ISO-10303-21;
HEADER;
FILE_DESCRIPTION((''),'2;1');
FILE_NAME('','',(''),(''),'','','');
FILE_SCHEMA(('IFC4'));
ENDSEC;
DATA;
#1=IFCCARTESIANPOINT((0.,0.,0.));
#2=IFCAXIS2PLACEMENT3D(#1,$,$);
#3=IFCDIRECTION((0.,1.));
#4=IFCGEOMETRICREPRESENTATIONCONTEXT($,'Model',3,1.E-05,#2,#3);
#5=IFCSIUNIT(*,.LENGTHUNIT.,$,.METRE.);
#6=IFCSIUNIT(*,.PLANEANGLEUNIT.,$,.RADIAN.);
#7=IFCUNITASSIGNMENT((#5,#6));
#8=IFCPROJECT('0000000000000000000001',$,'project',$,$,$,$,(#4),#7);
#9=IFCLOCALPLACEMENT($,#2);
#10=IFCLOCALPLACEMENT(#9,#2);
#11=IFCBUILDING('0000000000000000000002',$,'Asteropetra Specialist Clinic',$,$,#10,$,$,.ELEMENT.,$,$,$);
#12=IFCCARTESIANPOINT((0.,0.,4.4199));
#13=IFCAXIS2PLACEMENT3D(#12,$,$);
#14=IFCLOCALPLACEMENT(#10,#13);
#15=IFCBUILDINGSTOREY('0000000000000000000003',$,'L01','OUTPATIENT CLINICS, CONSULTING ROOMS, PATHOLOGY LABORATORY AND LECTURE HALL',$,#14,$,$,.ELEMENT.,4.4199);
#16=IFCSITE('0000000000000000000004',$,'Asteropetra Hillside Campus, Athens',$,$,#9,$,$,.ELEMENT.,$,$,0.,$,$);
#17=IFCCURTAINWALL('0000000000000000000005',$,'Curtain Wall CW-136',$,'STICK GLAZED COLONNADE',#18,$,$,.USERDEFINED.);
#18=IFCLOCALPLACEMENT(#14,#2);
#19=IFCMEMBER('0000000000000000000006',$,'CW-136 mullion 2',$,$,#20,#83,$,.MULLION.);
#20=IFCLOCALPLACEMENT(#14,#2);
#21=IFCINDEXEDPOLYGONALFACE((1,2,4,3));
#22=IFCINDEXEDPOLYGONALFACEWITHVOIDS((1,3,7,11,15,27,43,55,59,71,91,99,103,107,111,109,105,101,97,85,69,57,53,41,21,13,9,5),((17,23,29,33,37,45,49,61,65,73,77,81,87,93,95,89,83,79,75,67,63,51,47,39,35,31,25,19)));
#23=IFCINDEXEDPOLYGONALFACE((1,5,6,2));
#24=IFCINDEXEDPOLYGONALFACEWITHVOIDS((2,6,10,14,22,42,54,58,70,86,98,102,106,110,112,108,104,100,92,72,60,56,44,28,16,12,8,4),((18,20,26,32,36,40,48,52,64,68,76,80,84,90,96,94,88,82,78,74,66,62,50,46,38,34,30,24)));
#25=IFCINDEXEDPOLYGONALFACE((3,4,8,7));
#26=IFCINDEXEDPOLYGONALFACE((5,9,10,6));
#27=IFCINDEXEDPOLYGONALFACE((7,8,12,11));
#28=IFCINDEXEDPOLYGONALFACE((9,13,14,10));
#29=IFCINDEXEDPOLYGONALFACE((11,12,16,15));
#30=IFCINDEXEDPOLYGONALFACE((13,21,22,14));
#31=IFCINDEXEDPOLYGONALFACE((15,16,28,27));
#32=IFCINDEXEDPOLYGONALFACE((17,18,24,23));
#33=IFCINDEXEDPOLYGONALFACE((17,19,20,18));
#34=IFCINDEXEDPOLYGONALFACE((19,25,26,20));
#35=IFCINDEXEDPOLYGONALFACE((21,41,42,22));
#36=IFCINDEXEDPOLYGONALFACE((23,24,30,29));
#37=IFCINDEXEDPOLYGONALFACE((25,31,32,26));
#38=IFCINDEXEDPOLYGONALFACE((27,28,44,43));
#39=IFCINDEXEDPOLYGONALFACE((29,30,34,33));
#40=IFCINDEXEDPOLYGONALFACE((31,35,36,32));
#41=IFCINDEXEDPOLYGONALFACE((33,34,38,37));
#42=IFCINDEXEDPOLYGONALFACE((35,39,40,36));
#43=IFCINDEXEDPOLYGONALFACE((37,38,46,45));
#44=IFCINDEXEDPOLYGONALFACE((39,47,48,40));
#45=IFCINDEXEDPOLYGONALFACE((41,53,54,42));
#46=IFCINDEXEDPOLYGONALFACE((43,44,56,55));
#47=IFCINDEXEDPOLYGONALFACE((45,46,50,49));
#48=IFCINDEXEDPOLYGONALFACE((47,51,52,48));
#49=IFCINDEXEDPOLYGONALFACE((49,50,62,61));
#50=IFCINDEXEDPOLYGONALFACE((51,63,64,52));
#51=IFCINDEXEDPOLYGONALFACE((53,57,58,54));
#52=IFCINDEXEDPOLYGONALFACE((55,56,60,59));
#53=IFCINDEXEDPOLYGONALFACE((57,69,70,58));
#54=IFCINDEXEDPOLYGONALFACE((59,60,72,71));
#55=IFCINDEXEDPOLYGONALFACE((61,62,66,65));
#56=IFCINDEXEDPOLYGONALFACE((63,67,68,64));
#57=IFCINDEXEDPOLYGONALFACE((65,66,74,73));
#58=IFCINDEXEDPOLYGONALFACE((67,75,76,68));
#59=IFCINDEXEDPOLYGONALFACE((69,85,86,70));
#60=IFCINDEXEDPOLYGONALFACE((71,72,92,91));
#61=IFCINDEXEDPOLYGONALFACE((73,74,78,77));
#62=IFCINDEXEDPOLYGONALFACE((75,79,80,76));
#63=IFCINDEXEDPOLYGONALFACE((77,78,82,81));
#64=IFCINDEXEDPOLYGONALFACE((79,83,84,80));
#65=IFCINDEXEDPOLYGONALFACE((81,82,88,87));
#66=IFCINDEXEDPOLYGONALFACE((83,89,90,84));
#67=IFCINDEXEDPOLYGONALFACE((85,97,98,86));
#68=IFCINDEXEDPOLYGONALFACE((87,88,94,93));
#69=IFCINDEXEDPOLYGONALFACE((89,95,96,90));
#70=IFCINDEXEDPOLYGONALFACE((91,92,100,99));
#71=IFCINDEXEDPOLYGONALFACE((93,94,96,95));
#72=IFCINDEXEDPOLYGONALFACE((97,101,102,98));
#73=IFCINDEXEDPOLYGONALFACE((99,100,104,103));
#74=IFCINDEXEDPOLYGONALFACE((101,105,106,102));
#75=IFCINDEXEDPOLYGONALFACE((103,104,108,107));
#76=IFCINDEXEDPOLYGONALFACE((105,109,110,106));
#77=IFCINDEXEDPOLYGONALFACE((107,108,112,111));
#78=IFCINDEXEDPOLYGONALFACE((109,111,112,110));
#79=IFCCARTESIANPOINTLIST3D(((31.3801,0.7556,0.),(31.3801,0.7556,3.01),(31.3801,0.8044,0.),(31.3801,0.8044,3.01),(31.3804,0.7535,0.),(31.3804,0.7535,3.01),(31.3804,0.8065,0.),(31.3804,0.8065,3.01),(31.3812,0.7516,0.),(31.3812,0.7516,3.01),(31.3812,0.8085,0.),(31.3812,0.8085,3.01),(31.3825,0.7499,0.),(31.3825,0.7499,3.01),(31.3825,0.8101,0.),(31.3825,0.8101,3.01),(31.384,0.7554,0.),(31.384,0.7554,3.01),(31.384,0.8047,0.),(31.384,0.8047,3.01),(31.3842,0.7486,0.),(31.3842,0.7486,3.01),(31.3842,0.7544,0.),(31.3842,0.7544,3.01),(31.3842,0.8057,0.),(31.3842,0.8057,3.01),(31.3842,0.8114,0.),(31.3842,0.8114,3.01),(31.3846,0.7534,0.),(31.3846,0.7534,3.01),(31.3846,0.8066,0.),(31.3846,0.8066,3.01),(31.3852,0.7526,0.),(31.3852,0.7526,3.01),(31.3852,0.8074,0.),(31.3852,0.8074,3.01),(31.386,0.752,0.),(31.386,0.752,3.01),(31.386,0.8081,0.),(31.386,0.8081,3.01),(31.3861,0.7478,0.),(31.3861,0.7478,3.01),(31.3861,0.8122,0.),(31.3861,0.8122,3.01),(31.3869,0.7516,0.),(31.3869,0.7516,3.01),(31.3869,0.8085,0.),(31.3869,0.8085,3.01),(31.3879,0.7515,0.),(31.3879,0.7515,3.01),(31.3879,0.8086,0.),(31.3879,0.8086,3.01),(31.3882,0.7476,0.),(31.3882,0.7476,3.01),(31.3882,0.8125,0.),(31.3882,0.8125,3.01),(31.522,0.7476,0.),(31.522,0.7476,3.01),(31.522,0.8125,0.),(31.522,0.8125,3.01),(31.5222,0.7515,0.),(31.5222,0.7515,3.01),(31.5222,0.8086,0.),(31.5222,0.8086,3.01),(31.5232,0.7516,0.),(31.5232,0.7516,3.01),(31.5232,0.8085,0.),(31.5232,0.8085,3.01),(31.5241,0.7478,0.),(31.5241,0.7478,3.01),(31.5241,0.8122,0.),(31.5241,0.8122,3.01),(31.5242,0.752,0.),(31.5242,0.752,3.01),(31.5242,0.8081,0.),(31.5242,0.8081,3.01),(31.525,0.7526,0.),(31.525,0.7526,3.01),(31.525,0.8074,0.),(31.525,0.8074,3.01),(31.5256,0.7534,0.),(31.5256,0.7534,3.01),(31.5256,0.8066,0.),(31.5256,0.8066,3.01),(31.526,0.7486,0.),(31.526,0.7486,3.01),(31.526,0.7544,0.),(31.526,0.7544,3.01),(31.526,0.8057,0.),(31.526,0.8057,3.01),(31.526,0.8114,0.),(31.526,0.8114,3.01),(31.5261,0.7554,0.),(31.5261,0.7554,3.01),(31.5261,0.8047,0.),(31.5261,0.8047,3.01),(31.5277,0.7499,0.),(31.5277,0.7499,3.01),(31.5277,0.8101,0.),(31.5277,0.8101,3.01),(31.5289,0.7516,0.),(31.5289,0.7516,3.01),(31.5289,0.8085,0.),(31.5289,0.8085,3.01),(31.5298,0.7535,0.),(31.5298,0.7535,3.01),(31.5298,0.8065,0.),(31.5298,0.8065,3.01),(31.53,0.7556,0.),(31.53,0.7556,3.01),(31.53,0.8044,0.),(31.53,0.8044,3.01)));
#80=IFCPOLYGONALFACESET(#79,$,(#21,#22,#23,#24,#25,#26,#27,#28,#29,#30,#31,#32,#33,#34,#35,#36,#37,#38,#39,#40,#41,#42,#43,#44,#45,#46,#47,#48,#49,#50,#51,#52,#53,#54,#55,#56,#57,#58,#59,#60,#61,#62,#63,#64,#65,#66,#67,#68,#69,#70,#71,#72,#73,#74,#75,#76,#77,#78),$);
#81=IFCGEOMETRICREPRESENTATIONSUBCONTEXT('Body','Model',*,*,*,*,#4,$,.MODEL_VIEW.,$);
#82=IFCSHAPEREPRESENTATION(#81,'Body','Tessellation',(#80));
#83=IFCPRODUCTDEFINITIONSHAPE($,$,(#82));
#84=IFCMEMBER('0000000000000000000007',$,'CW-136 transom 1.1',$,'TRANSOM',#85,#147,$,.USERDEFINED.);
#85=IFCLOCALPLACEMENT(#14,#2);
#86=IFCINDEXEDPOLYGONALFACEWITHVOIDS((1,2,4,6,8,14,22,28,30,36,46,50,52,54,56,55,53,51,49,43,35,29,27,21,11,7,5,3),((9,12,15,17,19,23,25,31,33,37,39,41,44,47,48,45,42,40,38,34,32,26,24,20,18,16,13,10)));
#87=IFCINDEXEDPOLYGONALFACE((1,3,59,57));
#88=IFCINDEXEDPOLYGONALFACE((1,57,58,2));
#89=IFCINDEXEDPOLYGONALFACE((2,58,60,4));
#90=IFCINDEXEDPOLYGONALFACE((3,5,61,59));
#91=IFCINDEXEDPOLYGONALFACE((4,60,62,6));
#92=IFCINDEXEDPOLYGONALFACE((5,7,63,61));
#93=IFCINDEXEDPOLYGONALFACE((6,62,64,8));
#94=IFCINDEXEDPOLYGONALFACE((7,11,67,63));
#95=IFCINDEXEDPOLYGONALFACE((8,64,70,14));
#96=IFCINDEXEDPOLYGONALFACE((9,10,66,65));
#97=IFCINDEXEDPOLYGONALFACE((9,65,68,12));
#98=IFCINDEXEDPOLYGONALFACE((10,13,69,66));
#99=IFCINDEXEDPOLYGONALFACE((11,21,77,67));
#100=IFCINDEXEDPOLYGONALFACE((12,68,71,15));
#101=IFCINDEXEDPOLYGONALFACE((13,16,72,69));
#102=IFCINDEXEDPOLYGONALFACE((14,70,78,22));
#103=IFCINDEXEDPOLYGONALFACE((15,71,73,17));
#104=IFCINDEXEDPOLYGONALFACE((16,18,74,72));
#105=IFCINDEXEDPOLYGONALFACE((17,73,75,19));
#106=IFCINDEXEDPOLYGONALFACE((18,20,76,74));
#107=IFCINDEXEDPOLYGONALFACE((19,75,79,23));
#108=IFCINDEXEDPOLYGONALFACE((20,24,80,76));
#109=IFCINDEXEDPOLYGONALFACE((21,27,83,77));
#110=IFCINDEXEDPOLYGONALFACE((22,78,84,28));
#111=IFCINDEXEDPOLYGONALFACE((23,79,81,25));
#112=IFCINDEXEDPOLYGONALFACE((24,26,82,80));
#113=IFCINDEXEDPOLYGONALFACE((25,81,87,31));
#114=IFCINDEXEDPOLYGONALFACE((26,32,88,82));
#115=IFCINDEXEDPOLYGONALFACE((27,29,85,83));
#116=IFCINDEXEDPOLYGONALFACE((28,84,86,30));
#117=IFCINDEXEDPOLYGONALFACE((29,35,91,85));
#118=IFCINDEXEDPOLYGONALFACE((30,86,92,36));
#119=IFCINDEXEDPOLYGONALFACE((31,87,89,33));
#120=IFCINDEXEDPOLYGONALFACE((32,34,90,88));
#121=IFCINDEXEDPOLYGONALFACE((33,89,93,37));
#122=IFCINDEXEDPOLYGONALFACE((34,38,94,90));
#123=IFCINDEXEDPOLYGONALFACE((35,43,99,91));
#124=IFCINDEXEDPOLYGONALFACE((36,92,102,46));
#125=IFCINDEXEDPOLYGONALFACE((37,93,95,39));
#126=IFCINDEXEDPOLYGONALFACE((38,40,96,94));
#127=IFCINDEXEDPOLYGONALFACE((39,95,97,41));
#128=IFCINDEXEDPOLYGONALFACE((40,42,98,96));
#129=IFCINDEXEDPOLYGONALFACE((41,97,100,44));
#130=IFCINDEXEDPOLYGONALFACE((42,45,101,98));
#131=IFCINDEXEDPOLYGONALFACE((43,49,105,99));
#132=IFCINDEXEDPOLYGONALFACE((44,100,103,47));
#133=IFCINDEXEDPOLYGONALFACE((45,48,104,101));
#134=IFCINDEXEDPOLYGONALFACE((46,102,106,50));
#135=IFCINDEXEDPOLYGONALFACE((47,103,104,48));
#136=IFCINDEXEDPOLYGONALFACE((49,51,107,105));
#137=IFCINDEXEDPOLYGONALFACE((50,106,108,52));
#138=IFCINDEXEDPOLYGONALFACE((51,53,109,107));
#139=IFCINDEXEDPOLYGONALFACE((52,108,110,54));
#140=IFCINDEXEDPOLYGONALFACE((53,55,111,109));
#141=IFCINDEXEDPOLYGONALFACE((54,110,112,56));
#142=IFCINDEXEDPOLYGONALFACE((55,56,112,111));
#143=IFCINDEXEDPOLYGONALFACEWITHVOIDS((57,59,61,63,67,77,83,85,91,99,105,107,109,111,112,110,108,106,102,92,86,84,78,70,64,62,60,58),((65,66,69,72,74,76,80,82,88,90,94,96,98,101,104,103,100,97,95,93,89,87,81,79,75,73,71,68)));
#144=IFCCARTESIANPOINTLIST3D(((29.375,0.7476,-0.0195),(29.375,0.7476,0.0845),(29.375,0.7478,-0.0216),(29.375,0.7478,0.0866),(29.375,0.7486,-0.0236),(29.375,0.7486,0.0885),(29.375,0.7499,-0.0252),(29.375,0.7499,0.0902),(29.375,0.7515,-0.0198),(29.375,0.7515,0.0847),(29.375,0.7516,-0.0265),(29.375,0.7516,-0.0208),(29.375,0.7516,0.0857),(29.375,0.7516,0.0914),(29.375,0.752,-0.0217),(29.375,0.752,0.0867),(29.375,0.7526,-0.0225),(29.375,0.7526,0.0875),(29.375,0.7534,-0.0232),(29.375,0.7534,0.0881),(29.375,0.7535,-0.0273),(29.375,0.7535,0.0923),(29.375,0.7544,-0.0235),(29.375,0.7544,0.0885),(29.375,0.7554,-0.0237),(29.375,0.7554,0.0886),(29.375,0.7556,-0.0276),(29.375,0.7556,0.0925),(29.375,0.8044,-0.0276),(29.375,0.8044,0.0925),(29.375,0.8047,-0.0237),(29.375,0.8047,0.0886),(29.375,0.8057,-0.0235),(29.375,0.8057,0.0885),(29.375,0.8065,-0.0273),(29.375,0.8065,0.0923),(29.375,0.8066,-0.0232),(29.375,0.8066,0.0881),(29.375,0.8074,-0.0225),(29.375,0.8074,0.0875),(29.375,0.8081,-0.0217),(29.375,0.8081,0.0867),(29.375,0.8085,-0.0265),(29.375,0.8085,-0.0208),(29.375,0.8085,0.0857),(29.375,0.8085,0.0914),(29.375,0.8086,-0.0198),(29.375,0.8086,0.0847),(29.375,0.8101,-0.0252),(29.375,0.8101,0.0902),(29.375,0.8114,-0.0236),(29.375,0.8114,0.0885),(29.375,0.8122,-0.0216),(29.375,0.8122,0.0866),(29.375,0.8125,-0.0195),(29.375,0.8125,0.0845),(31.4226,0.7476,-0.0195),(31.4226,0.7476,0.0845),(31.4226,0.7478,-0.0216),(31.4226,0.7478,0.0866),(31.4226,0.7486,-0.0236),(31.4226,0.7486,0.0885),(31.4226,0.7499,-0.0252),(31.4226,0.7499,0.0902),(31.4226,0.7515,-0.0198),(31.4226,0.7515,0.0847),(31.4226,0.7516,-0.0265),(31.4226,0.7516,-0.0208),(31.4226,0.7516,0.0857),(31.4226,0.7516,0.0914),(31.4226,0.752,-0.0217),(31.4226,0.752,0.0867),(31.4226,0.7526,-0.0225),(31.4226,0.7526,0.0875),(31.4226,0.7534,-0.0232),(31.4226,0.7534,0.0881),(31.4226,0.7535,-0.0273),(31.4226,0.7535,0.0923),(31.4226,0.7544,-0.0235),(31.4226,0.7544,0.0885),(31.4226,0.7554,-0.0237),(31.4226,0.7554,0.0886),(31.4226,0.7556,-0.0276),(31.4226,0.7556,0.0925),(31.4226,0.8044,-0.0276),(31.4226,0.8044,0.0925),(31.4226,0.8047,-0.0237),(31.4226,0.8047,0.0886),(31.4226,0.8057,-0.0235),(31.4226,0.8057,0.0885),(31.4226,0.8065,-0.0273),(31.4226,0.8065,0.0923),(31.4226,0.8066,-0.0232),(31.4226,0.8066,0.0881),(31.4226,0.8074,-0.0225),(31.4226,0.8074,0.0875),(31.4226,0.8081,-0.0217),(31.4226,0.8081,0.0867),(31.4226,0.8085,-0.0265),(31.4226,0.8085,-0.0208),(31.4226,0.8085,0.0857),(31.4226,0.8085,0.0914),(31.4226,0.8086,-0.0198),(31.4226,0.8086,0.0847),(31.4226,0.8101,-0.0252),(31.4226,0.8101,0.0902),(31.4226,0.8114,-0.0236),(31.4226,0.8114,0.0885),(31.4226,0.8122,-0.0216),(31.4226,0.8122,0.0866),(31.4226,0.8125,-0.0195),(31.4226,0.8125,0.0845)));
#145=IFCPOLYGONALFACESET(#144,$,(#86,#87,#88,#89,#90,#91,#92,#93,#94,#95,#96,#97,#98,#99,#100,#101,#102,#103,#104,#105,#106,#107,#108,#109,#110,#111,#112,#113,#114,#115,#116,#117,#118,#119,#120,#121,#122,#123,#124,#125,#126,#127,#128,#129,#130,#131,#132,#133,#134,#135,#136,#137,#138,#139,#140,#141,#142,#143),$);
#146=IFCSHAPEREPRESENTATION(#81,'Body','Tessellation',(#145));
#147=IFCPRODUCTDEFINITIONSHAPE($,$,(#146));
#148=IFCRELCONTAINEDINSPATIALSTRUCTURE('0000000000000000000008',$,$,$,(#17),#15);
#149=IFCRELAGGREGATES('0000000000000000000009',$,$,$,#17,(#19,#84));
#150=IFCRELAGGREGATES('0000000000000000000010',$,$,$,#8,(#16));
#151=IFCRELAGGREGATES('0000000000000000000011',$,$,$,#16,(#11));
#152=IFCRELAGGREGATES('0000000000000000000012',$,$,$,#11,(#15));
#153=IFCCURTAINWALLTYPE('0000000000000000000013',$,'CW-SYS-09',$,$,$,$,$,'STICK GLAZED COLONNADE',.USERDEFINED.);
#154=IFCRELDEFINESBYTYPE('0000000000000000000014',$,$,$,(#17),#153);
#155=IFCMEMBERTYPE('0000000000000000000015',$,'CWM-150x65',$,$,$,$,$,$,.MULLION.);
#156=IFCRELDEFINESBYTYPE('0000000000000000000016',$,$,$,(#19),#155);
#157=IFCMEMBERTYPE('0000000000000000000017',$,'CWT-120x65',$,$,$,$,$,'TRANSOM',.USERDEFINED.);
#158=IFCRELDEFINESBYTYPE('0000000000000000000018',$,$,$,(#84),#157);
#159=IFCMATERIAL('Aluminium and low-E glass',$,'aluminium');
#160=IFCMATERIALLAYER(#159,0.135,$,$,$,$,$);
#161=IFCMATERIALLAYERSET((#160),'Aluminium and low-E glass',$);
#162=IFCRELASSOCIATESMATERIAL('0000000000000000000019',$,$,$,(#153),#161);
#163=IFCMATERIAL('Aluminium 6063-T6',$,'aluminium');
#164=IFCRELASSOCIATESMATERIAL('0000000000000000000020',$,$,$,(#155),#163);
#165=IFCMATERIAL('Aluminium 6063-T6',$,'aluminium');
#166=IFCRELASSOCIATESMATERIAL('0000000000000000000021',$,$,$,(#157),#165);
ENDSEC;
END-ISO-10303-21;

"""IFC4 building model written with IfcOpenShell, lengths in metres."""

from ifc_helpers import new_model, si_unit, direction, frame, origin, origin_2d, place, context, subcontext, project, spatial, hollow_rectangle, extrude, material, layer, layer_set, material_profile, profile_set, type_object, element, aggregate, save


model = new_model("IFC4")

# Units and contexts
model_context = context("Model", 3, precision=1e-05, world=origin(), true_north=direction((0.0, 1.0)))
body_context = subcontext(model_context, "Body", "Model", "MODEL_VIEW")
ifc_project = project(units=[si_unit("LENGTHUNIT", "METRE"), si_unit("PLANEANGLEUNIT", "RADIAN")], contexts=[model_context])

# Site, building, storey
site_placement = place(None, origin())
site = spatial("IfcSite", under=ifc_project, at=site_placement, Name="Asteropetra Hillside Campus, Athens", CompositionType="ELEMENT", RefElevation=0.0)
building_placement = place(site_placement, origin())
building = spatial("IfcBuilding", under=site, at=building_placement, Name="Asteropetra Specialist Clinic", CompositionType="ELEMENT")
storey_placement = place(building_placement, frame((0.0, 0.0, 4.4199)))
storey = spatial("IfcBuildingStorey", under=building, at=storey_placement, Name="L01", Description="OUTPATIENT CLINICS, CONSULTING ROOMS, PATHOLOGY LABORATORY AND LECTURE HALL", CompositionType="ELEMENT", Elevation=4.4199)

# Curtain wall, members
ifc_material_1 = material(Name="Aluminium and low-E glass", Category="aluminium")
ifc_layer_1 = layer(ifc_material_1, 0.135)
ifc_layer_set_1 = layer_set([ifc_layer_1], Name="Aluminium and low-E glass")
curtain_wall_type = type_object("IfcCurtainWallType", Name="CW-SYS-09", ElementType="STICK GLAZED COLONNADE", PredefinedType="USERDEFINED", material=ifc_layer_set_1)
curtain_wall_placement = place(storey_placement, origin())
curtain_wall = element("IfcCurtainWall", 1, at=curtain_wall_placement, inside=storey, type_object=curtain_wall_type, Name="Curtain Wall CW-136", ObjectType="STICK GLAZED COLONNADE", PredefinedType="USERDEFINED")
ifc_material_2 = material(Name="Aluminium 6063-T6", Category="aluminium")
ifc_material_profile_1 = material_profile(ifc_material_2, hollow_rectangle(XDim=0.0649, YDim=0.1499, WallThickness=0.0039, InnerFilletRadius=0.0039, OuterFilletRadius=0.0081, at=origin_2d()), Name="MUL 150x65x4.0")
ifc_profile_set_1 = profile_set([ifc_material_profile_1], Name="Aluminium 6063-T6")
member_type_1 = type_object("IfcMemberType", Name="CWM-150x65", PredefinedType="MULLION", material=ifc_profile_set_1)
member_1_placement = place(storey_placement, frame((31.4551, 0.78, 0.0), z_axis=(0.0, 0.0, 1.0), x_axis=(0.0, 1.0, 0.0)))
member_1 = element("IfcMember", 2, at=member_1_placement, type_object=member_type_1, Name="CW-136 mullion 2", PredefinedType="MULLION", context=body_context, shape_type="SweptSolid", body=[
    extrude(hollow_rectangle(XDim=0.0649, YDim=0.1499, WallThickness=0.0039, InnerFilletRadius=0.0039, OuterFilletRadius=0.0081, at=origin_2d()), origin(), (0.0, 0.0, 1.0), 3.01),
])
ifc_material_3 = material(Name="Aluminium 6063-T6", Category="aluminium")
ifc_material_profile_2 = material_profile(ifc_material_3, hollow_rectangle(XDim=0.0649, YDim=0.1201, WallThickness=0.0039, InnerFilletRadius=0.0039, OuterFilletRadius=0.0081, at=origin_2d()), Name="TRN 120x65x4.0")
ifc_profile_set_2 = profile_set([ifc_material_profile_2], Name="Aluminium 6063-T6")
member_type_2 = type_object("IfcMemberType", Name="CWT-120x65", ElementType="TRANSOM", PredefinedType="USERDEFINED", material=ifc_profile_set_2)
member_2_placement = place(storey_placement, frame((29.375, 0.78, 0.0325), z_axis=(1.0, 0.0, 0.0), x_axis=(0.0, 1.0, 0.0)))
member_2 = element("IfcMember", 3, at=member_2_placement, type_object=member_type_2, Name="CW-136 transom 1.1", ObjectType="TRANSOM", PredefinedType="USERDEFINED", context=body_context, shape_type="SweptSolid", body=[
    extrude(hollow_rectangle(XDim=0.0649, YDim=0.1201, WallThickness=0.0039, InnerFilletRadius=0.0039, OuterFilletRadius=0.0081, at=origin_2d()), origin(), (0.0, 0.0, 1.0), 2.0476),
])

aggregate(curtain_wall, [member_1, member_2])

save(model, "model.ifc")
